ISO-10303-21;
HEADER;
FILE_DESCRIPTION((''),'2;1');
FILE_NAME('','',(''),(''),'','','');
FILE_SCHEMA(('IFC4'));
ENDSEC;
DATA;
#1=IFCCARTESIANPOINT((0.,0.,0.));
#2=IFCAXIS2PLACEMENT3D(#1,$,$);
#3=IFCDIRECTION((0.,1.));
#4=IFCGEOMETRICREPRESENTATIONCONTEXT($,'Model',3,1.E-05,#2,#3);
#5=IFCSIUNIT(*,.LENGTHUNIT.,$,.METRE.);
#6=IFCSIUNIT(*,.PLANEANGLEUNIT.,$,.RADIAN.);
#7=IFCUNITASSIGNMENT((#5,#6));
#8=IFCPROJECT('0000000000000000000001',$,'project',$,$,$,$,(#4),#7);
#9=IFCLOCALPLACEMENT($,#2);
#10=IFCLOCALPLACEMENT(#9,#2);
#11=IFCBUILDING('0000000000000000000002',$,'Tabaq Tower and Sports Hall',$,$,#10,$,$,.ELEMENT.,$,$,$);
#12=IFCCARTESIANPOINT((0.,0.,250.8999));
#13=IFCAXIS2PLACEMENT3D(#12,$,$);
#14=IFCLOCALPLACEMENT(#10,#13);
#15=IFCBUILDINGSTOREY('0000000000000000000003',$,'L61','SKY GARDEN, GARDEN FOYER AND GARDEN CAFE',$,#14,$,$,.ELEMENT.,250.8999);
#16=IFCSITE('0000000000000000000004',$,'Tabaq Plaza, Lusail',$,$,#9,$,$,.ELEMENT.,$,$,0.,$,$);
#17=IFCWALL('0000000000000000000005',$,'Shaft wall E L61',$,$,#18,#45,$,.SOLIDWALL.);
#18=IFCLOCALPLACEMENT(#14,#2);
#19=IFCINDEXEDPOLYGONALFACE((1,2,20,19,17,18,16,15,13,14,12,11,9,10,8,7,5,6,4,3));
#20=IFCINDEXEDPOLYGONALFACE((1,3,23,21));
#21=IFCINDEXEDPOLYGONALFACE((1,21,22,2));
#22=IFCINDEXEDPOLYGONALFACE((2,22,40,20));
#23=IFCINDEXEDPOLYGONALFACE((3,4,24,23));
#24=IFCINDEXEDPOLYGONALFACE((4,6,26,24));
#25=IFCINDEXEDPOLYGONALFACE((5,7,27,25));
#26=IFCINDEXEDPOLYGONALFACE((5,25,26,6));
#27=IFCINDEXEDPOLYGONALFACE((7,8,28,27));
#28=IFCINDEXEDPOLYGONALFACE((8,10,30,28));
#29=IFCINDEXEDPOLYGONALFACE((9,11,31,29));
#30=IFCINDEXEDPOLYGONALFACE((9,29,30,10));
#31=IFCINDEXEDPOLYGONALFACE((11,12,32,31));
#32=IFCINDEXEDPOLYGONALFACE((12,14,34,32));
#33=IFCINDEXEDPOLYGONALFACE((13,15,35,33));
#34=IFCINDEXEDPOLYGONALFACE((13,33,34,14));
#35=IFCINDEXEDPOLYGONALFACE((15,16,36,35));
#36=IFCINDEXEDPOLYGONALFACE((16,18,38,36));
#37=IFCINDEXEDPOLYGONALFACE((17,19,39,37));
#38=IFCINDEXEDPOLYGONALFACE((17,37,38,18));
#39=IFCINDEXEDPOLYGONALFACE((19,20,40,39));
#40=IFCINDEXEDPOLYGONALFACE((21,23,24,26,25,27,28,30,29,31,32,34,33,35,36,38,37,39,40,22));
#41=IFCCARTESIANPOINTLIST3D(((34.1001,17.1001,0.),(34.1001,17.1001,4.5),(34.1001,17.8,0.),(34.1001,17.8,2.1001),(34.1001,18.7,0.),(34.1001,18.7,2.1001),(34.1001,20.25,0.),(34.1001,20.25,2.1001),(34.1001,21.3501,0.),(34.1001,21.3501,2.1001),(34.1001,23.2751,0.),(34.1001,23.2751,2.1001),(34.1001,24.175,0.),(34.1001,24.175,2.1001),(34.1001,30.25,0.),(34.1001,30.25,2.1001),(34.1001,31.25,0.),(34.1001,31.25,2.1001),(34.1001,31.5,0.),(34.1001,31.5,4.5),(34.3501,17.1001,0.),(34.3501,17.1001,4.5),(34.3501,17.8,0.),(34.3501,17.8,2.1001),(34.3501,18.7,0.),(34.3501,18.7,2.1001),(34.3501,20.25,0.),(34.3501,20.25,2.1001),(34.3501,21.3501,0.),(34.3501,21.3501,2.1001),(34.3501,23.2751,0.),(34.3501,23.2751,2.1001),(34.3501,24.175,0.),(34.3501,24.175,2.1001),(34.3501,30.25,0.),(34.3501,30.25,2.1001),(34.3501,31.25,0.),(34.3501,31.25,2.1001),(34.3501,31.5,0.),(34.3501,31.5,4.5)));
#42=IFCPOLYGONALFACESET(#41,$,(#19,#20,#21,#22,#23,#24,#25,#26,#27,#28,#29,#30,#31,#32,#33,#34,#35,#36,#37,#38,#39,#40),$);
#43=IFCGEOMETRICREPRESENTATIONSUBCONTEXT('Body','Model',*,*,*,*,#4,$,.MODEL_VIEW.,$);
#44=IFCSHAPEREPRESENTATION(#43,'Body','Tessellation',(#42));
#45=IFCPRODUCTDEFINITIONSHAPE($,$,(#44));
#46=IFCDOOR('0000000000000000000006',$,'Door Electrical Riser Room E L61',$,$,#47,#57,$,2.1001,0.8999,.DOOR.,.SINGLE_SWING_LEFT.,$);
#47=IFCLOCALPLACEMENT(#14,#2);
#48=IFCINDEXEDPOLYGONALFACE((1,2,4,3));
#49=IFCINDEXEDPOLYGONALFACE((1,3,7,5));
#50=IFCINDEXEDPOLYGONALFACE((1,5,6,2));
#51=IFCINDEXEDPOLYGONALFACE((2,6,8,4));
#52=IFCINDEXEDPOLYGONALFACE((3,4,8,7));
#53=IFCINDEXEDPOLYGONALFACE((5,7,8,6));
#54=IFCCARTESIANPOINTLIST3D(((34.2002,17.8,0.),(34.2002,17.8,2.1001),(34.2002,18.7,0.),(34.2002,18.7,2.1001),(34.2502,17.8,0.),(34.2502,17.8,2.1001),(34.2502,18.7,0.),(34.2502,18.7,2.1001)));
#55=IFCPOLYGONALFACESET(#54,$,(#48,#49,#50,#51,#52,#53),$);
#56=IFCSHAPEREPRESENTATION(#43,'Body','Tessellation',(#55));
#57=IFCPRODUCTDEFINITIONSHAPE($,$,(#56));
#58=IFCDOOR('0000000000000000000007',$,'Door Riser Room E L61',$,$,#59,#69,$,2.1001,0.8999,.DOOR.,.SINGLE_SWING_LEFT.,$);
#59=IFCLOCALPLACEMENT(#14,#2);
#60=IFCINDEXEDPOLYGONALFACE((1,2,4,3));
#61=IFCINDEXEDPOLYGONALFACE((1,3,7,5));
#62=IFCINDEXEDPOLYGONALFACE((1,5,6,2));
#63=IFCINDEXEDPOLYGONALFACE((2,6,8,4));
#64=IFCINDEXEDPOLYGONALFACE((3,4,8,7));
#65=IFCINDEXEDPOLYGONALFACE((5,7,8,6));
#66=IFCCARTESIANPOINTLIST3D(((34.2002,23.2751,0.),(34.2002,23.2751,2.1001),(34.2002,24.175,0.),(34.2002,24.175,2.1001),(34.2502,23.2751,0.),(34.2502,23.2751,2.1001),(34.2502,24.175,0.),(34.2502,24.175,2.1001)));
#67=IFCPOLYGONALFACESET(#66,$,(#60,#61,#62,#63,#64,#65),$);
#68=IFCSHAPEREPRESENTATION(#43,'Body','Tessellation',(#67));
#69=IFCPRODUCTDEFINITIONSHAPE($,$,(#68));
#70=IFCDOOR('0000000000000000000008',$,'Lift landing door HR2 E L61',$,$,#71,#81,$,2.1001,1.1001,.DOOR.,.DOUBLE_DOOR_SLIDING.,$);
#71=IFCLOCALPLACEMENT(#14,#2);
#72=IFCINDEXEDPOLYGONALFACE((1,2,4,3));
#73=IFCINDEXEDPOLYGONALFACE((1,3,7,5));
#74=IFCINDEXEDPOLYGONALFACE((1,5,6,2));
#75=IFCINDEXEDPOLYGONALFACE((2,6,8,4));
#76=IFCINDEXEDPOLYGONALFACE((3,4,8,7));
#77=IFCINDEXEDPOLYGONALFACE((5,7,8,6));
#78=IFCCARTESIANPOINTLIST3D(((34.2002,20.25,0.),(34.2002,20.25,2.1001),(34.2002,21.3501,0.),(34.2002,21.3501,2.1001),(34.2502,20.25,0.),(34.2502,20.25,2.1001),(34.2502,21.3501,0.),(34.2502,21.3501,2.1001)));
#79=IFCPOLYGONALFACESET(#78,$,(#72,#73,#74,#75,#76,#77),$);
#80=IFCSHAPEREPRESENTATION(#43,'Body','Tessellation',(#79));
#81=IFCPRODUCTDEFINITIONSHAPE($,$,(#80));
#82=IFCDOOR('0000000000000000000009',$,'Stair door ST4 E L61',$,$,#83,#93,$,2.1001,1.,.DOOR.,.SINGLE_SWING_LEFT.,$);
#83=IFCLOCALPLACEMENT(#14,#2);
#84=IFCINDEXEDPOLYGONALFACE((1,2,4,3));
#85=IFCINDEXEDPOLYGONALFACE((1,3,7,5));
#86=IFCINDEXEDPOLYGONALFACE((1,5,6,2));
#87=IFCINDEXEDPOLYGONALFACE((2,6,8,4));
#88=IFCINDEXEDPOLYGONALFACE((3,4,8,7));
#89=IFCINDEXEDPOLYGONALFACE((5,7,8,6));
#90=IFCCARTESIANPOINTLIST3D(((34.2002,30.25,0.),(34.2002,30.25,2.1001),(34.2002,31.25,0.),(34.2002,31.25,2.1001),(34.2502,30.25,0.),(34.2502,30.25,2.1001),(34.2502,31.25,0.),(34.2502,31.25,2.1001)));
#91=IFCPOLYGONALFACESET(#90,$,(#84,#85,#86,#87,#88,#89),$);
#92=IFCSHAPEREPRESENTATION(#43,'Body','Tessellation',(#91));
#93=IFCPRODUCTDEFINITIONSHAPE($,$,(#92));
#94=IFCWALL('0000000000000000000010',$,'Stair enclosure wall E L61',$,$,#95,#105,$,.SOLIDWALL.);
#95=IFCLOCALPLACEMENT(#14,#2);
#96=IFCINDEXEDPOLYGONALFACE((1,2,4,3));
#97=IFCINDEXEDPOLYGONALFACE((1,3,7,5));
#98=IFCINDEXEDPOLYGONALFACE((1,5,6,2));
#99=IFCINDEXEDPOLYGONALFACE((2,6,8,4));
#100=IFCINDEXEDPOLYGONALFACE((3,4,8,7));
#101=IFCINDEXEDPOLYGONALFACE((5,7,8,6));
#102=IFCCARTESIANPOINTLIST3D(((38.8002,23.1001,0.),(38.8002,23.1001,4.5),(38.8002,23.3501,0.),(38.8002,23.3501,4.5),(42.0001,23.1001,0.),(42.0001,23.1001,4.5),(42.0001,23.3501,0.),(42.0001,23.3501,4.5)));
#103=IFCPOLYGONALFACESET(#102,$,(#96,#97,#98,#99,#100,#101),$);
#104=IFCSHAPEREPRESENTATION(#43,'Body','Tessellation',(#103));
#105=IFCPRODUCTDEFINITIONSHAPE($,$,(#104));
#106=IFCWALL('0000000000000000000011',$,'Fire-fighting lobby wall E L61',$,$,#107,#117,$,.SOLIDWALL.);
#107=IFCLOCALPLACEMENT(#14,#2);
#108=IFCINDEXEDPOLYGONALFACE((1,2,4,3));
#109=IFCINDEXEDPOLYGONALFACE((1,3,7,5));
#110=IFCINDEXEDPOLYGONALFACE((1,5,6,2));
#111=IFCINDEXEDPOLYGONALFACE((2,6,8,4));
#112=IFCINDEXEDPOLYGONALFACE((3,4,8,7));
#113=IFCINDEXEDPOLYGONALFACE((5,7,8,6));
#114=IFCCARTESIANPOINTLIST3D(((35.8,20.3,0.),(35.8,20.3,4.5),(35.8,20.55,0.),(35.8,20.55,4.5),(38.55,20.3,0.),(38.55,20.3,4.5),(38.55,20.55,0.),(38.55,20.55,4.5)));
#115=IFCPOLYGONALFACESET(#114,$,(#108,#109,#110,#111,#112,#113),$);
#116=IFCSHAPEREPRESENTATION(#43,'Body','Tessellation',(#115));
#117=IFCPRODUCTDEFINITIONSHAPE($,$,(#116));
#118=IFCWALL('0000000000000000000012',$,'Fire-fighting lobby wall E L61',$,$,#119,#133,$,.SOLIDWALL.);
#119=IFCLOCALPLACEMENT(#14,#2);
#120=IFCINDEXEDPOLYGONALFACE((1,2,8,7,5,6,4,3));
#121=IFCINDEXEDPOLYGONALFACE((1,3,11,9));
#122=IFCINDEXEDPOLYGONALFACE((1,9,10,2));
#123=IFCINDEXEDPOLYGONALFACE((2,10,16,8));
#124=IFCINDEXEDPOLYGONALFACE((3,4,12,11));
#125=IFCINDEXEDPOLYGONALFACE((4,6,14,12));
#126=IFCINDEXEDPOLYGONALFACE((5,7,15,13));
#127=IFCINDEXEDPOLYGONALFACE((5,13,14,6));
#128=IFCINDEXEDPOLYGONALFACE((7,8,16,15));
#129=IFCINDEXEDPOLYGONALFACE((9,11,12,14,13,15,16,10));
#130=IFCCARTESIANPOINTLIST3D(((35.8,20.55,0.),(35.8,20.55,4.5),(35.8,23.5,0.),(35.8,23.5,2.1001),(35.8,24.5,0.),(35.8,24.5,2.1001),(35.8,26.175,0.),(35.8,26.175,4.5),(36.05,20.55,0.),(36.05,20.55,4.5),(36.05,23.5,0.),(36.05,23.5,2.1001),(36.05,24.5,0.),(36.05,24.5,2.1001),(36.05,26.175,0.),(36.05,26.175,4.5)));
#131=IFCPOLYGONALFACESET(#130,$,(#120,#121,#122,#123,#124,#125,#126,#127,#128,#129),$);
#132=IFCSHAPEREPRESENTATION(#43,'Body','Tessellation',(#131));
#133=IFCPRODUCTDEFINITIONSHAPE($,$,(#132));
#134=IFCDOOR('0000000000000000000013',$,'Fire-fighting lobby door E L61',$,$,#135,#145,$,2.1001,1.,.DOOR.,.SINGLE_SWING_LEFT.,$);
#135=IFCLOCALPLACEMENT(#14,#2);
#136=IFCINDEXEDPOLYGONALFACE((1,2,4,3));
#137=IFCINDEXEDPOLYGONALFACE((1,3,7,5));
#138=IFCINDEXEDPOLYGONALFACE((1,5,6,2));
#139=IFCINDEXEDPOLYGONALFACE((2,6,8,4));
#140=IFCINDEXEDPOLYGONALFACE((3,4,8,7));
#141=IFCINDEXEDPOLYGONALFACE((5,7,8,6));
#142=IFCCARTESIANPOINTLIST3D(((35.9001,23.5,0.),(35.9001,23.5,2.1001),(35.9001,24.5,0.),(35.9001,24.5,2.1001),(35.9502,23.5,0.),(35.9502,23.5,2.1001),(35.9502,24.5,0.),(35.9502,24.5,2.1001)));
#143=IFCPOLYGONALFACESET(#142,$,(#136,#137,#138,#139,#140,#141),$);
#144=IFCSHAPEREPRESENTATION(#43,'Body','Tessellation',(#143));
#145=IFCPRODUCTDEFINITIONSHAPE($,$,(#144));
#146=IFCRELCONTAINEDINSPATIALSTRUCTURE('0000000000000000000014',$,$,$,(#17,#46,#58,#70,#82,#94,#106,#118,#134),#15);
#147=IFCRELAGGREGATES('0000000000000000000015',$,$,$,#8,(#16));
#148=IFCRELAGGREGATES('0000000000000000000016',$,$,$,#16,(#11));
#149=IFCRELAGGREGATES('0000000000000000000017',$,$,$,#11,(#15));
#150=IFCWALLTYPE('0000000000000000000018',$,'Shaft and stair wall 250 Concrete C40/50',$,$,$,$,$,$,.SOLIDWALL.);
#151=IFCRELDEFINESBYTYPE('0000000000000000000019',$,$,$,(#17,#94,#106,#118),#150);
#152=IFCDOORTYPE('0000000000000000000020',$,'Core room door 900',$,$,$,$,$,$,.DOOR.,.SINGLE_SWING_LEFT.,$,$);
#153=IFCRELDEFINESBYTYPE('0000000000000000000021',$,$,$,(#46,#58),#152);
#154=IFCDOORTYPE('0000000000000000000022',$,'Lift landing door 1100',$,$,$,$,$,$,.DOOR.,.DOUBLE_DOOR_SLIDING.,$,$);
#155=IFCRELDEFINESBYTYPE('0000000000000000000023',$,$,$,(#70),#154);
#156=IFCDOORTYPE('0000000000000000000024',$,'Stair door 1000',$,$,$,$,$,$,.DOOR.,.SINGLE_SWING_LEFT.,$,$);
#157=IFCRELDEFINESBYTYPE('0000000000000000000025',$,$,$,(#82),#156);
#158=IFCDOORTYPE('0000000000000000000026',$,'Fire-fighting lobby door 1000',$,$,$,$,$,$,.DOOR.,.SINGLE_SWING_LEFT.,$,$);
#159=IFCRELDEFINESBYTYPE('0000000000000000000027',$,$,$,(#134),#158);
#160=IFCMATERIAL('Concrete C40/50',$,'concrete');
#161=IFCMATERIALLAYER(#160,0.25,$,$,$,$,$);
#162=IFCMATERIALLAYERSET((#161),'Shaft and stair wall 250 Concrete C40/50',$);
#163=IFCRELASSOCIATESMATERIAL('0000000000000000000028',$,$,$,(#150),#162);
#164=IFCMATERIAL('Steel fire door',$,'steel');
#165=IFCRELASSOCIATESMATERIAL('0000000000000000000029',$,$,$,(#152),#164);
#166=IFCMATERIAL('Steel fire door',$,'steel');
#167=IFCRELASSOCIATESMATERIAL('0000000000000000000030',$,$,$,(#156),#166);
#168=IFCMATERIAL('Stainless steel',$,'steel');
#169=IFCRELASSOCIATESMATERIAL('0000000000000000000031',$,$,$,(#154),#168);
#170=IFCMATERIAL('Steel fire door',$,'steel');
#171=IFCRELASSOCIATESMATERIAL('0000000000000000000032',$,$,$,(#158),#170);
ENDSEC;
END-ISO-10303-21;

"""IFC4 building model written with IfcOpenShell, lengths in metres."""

from ifc_helpers import new_model, si_unit, direction, frame, frame_2d, origin, place, context, subcontext, project, spatial, rectangle, extrude, material, layer, layer_set, type_object, element, fill, save


model = new_model("IFC4")

# Units and contexts
model_context = context("Model", 3, precision=1e-05, world=origin(), true_north=direction((0.0, 1.0)))
body_context = subcontext(model_context, "Body", "Model", "MODEL_VIEW")
ifc_project = project(units=[si_unit("LENGTHUNIT", "METRE"), si_unit("PLANEANGLEUNIT", "RADIAN")], contexts=[model_context])

# Site, building, storey
site_placement = place(None, origin())
site = spatial("IfcSite", under=ifc_project, at=site_placement, Name="Tabaq Plaza, Lusail", CompositionType="ELEMENT", RefElevation=0.0)
building_placement = place(site_placement, origin())
building = spatial("IfcBuilding", under=site, at=building_placement, Name="Tabaq Tower and Sports Hall", CompositionType="ELEMENT")
storey_placement = place(building_placement, frame((0.0, 0.0, 250.8999)))
storey = spatial("IfcBuildingStorey", under=building, at=storey_placement, Name="L61", Description="SKY GARDEN, GARDEN FOYER AND GARDEN CAFE", CompositionType="ELEMENT", Elevation=250.8999)

# Wall, openings, doors
ifc_material_1 = material(Name="Concrete C40/50", Category="concrete")
ifc_layer_1 = layer(ifc_material_1, 0.25)
ifc_layer_set_1 = layer_set([ifc_layer_1], Name="Shaft and stair wall 250 Concrete C40/50")
wall_type_1 = type_object("IfcWallType", Name="Shaft and stair wall 250 Concrete C40/50", PredefinedType="SOLIDWALL", material=ifc_layer_set_1)
ifc_material_2 = material(Name="Steel fire door", Category="steel")
door_type_1 = type_object("IfcDoorType", Name="Core room door 900", OperationType="SINGLE_SWING_LEFT", PredefinedType="DOOR", material=ifc_material_2)
ifc_material_3 = material(Name="Steel fire door", Category="steel")
door_type_2 = type_object("IfcDoorType", Name="Stair door 1000", OperationType="SINGLE_SWING_LEFT", PredefinedType="DOOR", material=ifc_material_3)
wall_1_placement = place(storey_placement, frame((34.2251, 17.1001, 0.0), z_axis=(0.0, 0.0, 1.0), x_axis=(0.0, 1.0, 0.0)))
wall_1 = element("IfcWall", 1, at=wall_1_placement, inside=storey, type_object=wall_type_1, Name="Shaft wall E L61", PredefinedType="SOLIDWALL", context=body_context, shape_type="SweptSolid", body=[
    extrude(rectangle(XDim=14.3999, YDim=0.25, at=frame_2d((7.2, 0.0))), origin(), (0.0, 0.0, 1.0), 4.5),
])
opening_1_placement = place(wall_1_placement, frame((13.1499, 0.0, 0.0)))
opening_1 = element("IfcOpeningElement", 2, at=opening_1_placement, cuts=wall_1, PredefinedType="OPENING", context=body_context, shape_type="SweptSolid", body=[
    extrude(rectangle(XDim=1.0, YDim=2.1001, at=frame_2d((0.5, 1.05))), frame((0.0, 0.125, 0.0), z_axis=(0.0, -1.0, 0.0), x_axis=(1.0, 0.0, 0.0)), (0.0, 0.0, 1.0), 0.25),
])
opening_2_placement = place(wall_1_placement, frame((3.1499, 0.0, 0.0)))
opening_2 = element("IfcOpeningElement", 3, at=opening_2_placement, cuts=wall_1, PredefinedType="OPENING", context=body_context, shape_type="SweptSolid", body=[
    extrude(rectangle(XDim=1.1001, YDim=2.1001, at=frame_2d((0.55, 1.05))), frame((0.0, 0.125, 0.0), z_axis=(0.0, -1.0, 0.0), x_axis=(1.0, 0.0, 0.0)), (0.0, 0.0, 1.0), 0.25),
])
opening_3_placement = place(wall_1_placement, frame((0.7, 0.0, 0.0)))
opening_3 = element("IfcOpeningElement", 4, at=opening_3_placement, cuts=wall_1, PredefinedType="OPENING", context=body_context, shape_type="SweptSolid", body=[
    extrude(rectangle(XDim=0.8999, YDim=2.1001, at=frame_2d((0.45, 1.05))), frame((0.0, 0.125, 0.0), z_axis=(0.0, -1.0, 0.0), x_axis=(1.0, 0.0, 0.0)), (0.0, 0.0, 1.0), 0.25),
])
opening_4_placement = place(wall_1_placement, frame((6.175, 0.0, 0.0)))
opening_4 = element("IfcOpeningElement", 5, at=opening_4_placement, cuts=wall_1, PredefinedType="OPENING", context=body_context, shape_type="SweptSolid", body=[
    extrude(rectangle(XDim=0.8999, YDim=2.1001, at=frame_2d((0.45, 1.05))), frame((0.0, 0.125, 0.0), z_axis=(0.0, -1.0, 0.0), x_axis=(1.0, 0.0, 0.0)), (0.0, 0.0, 1.0), 0.25),
])
door_1_placement = place(opening_3_placement, origin())
door_1 = element("IfcDoor", 6, at=door_1_placement, inside=storey, type_object=door_type_1, Name="Door Electrical Riser Room E L61", OperationType="SINGLE_SWING_LEFT", OverallHeight=2.1001, OverallWidth=0.8999, PredefinedType="DOOR", context=body_context, shape_type="SweptSolid", body=[
    extrude(rectangle(XDim=0.8999, YDim=2.1001, at=frame_2d((0.45, 1.05))), frame((0.0, 0.0249, 0.0), z_axis=(0.0, -1.0, 0.0), x_axis=(1.0, 0.0, 0.0)), (0.0, 0.0, 1.0), 0.05),
])
fill(opening_3, door_1)
door_2_placement = place(opening_4_placement, origin())
door_2 = element("IfcDoor", 7, at=door_2_placement, inside=storey, type_object=door_type_1, Name="Door Riser Room E L61", OperationType="SINGLE_SWING_LEFT", OverallHeight=2.1001, OverallWidth=0.8999, PredefinedType="DOOR", context=body_context, shape_type="SweptSolid", body=[
    extrude(rectangle(XDim=0.8999, YDim=2.1001, at=frame_2d((0.45, 1.05))), frame((0.0, 0.0249, 0.0), z_axis=(0.0, -1.0, 0.0), x_axis=(1.0, 0.0, 0.0)), (0.0, 0.0, 1.0), 0.05),
])
fill(opening_4, door_2)
ifc_material_4 = material(Name="Stainless steel", Category="steel")
door_type_3 = type_object("IfcDoorType", Name="Lift landing door 1100", OperationType="DOUBLE_DOOR_SLIDING", PredefinedType="DOOR", material=ifc_material_4)
door_3_placement = place(opening_2_placement, origin())
door_3 = element("IfcDoor", 8, at=door_3_placement, inside=storey, type_object=door_type_3, Name="Lift landing door HR2 E L61", OperationType="DOUBLE_DOOR_SLIDING", OverallHeight=2.1001, OverallWidth=1.1001, PredefinedType="DOOR", context=body_context, shape_type="SweptSolid", body=[
    extrude(rectangle(XDim=1.1001, YDim=2.1001, at=frame_2d((0.55, 1.05))), frame((0.0, 0.0249, 0.0), z_axis=(0.0, -1.0, 0.0), x_axis=(1.0, 0.0, 0.0)), (0.0, 0.0, 1.0), 0.05),
])
fill(opening_2, door_3)
door_4_placement = place(opening_1_placement, origin())
door_4 = element("IfcDoor", 9, at=door_4_placement, inside=storey, type_object=door_type_2, Name="Stair door ST4 E L61", OperationType="SINGLE_SWING_LEFT", OverallHeight=2.1001, OverallWidth=1.0, PredefinedType="DOOR", context=body_context, shape_type="SweptSolid", body=[
    extrude(rectangle(XDim=1.0, YDim=2.1001, at=frame_2d((0.5, 1.05))), frame((0.0, 0.0249, 0.0), z_axis=(0.0, -1.0, 0.0), x_axis=(1.0, 0.0, 0.0)), (0.0, 0.0, 1.0), 0.05),
])
fill(opening_1, door_4)

# Walls
wall_2_placement = place(storey_placement, frame((38.8, 23.2251, 0.0), z_axis=(0.0, 0.0, 1.0), x_axis=(1.0, 0.0, 0.0)))
element("IfcWall", 10, at=wall_2_placement, inside=storey, type_object=wall_type_1, Name="Stair enclosure wall E L61", PredefinedType="SOLIDWALL", context=body_context, shape_type="SweptSolid", body=[
    extrude(rectangle(XDim=3.2, YDim=0.25, at=frame_2d((1.6001, 0.0))), origin(), (0.0, 0.0, 1.0), 4.5),
])
wall_3_placement = place(storey_placement, frame((35.8, 20.425, 0.0), z_axis=(0.0, 0.0, 1.0), x_axis=(1.0, 0.0, 0.0)))
element("IfcWall", 11, at=wall_3_placement, inside=storey, type_object=wall_type_1, Name="Fire-fighting lobby wall E L61", PredefinedType="SOLIDWALL", context=body_context, shape_type="SweptSolid", body=[
    extrude(rectangle(XDim=2.75, YDim=0.25, at=frame_2d((1.375, 0.0))), origin(), (0.0, 0.0, 1.0), 4.5),
])

# Wall, opening, door
wall_4_placement = place(storey_placement, frame((35.925, 20.55, 0.0), z_axis=(0.0, 0.0, 1.0), x_axis=(0.0, 1.0, 0.0)))
wall_4 = element("IfcWall", 12, at=wall_4_placement, inside=storey, type_object=wall_type_1, Name="Fire-fighting lobby wall E L61", PredefinedType="SOLIDWALL", context=body_context, shape_type="SweptSolid", body=[
    extrude(rectangle(XDim=5.625, YDim=0.25, at=frame_2d((2.8125, 0.0))), origin(), (0.0, 0.0, 1.0), 4.5),
])
opening_5_placement = place(wall_4_placement, frame((2.95, 0.0, 0.0)))
opening_5 = element("IfcOpeningElement", 13, at=opening_5_placement, cuts=wall_4, PredefinedType="OPENING", context=body_context, shape_type="SweptSolid", body=[
    extrude(rectangle(XDim=1.0, YDim=2.1001, at=frame_2d((0.5, 1.05))), frame((0.0, 0.125, 0.0), z_axis=(0.0, -1.0, 0.0), x_axis=(1.0, 0.0, 0.0)), (0.0, 0.0, 1.0), 0.25),
])
ifc_material_5 = material(Name="Steel fire door", Category="steel")
door_type_4 = type_object("IfcDoorType", Name="Fire-fighting lobby door 1000", OperationType="SINGLE_SWING_LEFT", PredefinedType="DOOR", material=ifc_material_5)
door_5_placement = place(opening_5_placement, origin())
door_5 = element("IfcDoor", 14, at=door_5_placement, inside=storey, type_object=door_type_4, Name="Fire-fighting lobby door E L61", OperationType="SINGLE_SWING_LEFT", OverallHeight=2.1001, OverallWidth=1.0, PredefinedType="DOOR", context=body_context, shape_type="SweptSolid", body=[
    extrude(rectangle(XDim=1.0, YDim=2.1001, at=frame_2d((0.5, 1.05))), frame((0.0, 0.0249, 0.0), z_axis=(0.0, -1.0, 0.0), x_axis=(1.0, 0.0, 0.0)), (0.0, 0.0, 1.0), 0.05),
])
fill(opening_5, door_5)

save(model, "model.ifc")
